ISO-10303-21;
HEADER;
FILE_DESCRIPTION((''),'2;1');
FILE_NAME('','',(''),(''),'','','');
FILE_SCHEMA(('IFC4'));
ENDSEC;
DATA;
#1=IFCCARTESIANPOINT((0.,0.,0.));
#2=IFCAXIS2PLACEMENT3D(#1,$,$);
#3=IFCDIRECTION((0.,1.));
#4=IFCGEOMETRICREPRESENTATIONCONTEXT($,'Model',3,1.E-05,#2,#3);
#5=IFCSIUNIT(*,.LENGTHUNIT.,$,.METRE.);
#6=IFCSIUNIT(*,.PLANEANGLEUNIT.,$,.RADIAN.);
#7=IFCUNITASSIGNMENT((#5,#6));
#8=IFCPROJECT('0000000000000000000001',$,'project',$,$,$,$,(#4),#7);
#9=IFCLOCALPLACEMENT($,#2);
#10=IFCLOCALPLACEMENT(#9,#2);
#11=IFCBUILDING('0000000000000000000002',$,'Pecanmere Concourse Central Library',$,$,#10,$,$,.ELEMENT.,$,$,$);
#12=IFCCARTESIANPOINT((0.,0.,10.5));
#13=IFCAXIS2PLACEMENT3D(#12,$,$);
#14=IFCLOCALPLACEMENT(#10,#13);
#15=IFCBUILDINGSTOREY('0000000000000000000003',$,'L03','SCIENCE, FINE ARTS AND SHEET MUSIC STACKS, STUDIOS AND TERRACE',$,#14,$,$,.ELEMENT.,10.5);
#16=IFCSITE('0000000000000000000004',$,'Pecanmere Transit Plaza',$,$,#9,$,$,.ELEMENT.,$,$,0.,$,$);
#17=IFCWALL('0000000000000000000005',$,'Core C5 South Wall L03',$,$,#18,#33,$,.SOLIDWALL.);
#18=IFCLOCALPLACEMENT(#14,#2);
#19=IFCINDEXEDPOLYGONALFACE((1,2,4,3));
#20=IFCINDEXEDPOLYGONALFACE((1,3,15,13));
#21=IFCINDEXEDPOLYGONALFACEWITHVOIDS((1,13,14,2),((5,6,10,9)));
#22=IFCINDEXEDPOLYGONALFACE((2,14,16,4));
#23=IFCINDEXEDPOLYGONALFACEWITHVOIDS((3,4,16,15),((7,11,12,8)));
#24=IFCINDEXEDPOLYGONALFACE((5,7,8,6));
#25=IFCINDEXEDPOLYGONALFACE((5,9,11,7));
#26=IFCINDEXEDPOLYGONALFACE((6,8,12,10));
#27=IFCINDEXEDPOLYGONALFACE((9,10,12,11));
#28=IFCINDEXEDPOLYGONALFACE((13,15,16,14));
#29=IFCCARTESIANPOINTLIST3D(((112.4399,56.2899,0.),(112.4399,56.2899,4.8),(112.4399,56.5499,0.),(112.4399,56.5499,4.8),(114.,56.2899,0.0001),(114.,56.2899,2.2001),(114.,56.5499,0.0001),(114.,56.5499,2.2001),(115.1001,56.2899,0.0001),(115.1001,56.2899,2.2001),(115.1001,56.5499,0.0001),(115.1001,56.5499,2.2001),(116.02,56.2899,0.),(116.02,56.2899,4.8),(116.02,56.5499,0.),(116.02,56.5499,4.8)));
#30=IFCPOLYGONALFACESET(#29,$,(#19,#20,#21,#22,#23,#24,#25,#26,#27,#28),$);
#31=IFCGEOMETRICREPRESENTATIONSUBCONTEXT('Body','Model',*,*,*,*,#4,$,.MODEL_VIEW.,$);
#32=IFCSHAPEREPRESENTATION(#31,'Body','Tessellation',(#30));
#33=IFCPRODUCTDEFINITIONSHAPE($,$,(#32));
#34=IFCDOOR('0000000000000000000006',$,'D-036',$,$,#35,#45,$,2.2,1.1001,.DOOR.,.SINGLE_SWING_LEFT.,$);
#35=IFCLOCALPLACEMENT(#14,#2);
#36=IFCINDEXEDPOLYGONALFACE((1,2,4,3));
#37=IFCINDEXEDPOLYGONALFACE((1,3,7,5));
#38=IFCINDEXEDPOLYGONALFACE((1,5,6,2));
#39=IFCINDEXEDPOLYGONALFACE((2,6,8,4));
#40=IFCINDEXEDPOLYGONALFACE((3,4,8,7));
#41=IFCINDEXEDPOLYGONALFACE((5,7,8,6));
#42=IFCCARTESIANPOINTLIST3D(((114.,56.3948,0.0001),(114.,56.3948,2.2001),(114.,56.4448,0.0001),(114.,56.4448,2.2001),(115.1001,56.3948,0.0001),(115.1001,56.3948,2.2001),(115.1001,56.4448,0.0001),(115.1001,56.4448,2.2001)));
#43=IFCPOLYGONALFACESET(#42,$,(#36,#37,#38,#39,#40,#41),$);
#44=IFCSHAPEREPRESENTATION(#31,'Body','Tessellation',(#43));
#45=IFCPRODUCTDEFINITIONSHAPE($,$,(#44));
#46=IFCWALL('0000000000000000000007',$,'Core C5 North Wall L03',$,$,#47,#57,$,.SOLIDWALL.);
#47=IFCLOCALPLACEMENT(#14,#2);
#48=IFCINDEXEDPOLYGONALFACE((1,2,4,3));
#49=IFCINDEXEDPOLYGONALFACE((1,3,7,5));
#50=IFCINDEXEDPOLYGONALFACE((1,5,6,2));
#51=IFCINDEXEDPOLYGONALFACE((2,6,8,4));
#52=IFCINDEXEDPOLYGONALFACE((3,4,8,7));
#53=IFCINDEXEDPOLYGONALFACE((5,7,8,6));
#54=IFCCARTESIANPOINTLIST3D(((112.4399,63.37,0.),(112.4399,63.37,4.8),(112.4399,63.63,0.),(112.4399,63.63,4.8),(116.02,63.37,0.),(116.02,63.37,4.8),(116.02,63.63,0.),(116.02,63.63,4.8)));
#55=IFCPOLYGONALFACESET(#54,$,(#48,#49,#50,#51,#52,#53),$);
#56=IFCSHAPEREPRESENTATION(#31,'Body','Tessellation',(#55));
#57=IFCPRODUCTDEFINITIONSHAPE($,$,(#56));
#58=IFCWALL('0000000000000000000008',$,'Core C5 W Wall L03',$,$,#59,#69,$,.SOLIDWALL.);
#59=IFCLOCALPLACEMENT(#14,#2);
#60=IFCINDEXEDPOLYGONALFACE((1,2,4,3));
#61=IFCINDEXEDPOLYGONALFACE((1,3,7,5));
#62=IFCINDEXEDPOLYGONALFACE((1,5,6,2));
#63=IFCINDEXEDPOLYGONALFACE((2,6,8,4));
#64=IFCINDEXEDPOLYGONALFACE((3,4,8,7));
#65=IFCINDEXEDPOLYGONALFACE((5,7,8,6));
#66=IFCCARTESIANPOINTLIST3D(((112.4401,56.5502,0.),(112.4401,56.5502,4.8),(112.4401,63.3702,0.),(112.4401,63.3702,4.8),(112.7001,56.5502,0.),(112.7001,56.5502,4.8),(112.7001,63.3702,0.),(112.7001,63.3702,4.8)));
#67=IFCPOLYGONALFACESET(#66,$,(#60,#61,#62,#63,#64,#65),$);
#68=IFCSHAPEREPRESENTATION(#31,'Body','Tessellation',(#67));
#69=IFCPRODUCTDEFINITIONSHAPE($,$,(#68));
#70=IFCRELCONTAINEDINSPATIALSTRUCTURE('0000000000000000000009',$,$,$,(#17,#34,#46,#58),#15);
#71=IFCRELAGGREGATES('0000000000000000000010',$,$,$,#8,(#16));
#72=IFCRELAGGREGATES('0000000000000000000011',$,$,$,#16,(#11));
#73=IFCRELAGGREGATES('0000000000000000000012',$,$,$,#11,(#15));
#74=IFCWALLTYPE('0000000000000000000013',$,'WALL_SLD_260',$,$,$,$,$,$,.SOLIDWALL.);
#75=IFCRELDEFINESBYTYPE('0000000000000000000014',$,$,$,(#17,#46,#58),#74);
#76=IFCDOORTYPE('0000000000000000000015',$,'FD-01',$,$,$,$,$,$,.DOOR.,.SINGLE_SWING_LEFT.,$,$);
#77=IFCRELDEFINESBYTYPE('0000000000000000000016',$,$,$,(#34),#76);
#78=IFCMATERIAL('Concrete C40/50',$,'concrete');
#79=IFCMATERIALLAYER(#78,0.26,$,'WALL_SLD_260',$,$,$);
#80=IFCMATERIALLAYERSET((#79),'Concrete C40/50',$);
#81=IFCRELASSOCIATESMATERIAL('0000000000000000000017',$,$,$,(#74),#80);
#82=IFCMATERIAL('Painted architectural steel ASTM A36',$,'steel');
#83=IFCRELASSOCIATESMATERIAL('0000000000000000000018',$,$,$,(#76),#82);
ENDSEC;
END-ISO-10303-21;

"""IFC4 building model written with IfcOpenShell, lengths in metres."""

from ifc_helpers import new_model, si_unit, direction, frame, frame_2d, origin, place, context, subcontext, project, spatial, rectangle, extrude, material, layer, layer_set, type_object, element, fill, save


model = new_model("IFC4")

# Units and contexts
model_context = context("Model", 3, precision=1e-05, world=origin(), true_north=direction((0.0, 1.0)))
body_context = subcontext(model_context, "Body", "Model", "MODEL_VIEW")
ifc_project = project(units=[si_unit("LENGTHUNIT", "METRE"), si_unit("PLANEANGLEUNIT", "RADIAN")], contexts=[model_context])

# Site, building, storey
site_placement = place(None, origin())
site = spatial("IfcSite", under=ifc_project, at=site_placement, Name="Pecanmere Transit Plaza", CompositionType="ELEMENT", RefElevation=0.0)
building_placement = place(site_placement, origin())
building = spatial("IfcBuilding", under=site, at=building_placement, Name="Pecanmere Concourse Central Library", CompositionType="ELEMENT")
storey_placement = place(building_placement, frame((0.0, 0.0, 10.5)))
storey = spatial("IfcBuildingStorey", under=building, at=storey_placement, Name="L03", Description="SCIENCE, FINE ARTS AND SHEET MUSIC STACKS, STUDIOS AND TERRACE", CompositionType="ELEMENT", Elevation=10.5)

# Wall, opening, door
ifc_material_1 = material(Name="Concrete C40/50", Category="concrete")
ifc_layer_1 = layer(ifc_material_1, 0.26, Name="WALL_SLD_260")
ifc_layer_set_1 = layer_set([ifc_layer_1], Name="Concrete C40/50")
wall_type_1 = type_object("IfcWallType", Name="WALL_SLD_260", PredefinedType="SOLIDWALL", material=ifc_layer_set_1)
wall_1_placement = place(storey_placement, frame((112.4399, 56.4199, 0.0), z_axis=(0.0, 0.0, 1.0), x_axis=(1.0, 0.0, 0.0)))
wall_1 = element("IfcWall", 1, at=wall_1_placement, inside=storey, type_object=wall_type_1, Name="Core C5 South Wall L03", PredefinedType="SOLIDWALL", context=body_context, shape_type="SweptSolid", body=[
    extrude(rectangle(XDim=3.5801, YDim=0.26, at=frame_2d((1.79, 0.0))), origin(), (0.0, 0.0, 1.0), 4.8),
])
opening_placement = place(wall_1_placement, frame((1.5601, 0.0, 0.0)))
opening = element("IfcOpeningElement", 2, at=opening_placement, cuts=wall_1, PredefinedType="OPENING", context=body_context, shape_type="SweptSolid", body=[
    extrude(rectangle(XDim=1.1001, YDim=2.2, at=frame_2d((0.55, 1.1001))), frame((0.0, 0.1421, 0.0), z_axis=(0.0, -1.0, 0.0), x_axis=(1.0, 0.0, 0.0)), (0.0, 0.0, 1.0), 0.2839),
])
ifc_material_2 = material(Name="Painted architectural steel ASTM A36", Category="steel")
door_type = type_object("IfcDoorType", Name="FD-01", OperationType="SINGLE_SWING_LEFT", PredefinedType="DOOR", material=ifc_material_2)
door_placement = place(opening_placement, origin())
door = element("IfcDoor", 3, at=door_placement, inside=storey, type_object=door_type, Name="D-036", OperationType="SINGLE_SWING_LEFT", OverallHeight=2.2, OverallWidth=1.1001, PredefinedType="DOOR", context=body_context, shape_type="SweptSolid", body=[
    extrude(rectangle(XDim=1.1001, YDim=2.2, at=frame_2d((0.55, 1.1001))), frame((0.0, 0.0249, 0.0), z_axis=(0.0, -1.0, 0.0), x_axis=(1.0, 0.0, 0.0)), (0.0, 0.0, 1.0), 0.05),
])
fill(opening, door)

# Walls
wall_2_placement = place(storey_placement, frame((112.4399, 63.5, 0.0), z_axis=(0.0, 0.0, 1.0), x_axis=(1.0, 0.0, 0.0)))
element("IfcWall", 4, at=wall_2_placement, inside=storey, type_object=wall_type_1, Name="Core C5 North Wall L03", PredefinedType="SOLIDWALL", context=body_context, shape_type="SweptSolid", body=[
    extrude(rectangle(XDim=3.5801, YDim=0.26, at=frame_2d((1.79, 0.0))), origin(), (0.0, 0.0, 1.0), 4.8),
])
wall_3_placement = place(storey_placement, frame((112.5701, 56.55, 0.0), z_axis=(0.0, 0.0, 1.0), x_axis=(0.0, 1.0, 0.0)))
element("IfcWall", 5, at=wall_3_placement, inside=storey, type_object=wall_type_1, Name="Core C5 W Wall L03", PredefinedType="SOLIDWALL", context=body_context, shape_type="SweptSolid", body=[
    extrude(rectangle(XDim=6.8201, YDim=0.26, at=frame_2d((3.4102, 0.0))), origin(), (0.0, 0.0, 1.0), 4.8),
])

save(model, "model.ifc")
